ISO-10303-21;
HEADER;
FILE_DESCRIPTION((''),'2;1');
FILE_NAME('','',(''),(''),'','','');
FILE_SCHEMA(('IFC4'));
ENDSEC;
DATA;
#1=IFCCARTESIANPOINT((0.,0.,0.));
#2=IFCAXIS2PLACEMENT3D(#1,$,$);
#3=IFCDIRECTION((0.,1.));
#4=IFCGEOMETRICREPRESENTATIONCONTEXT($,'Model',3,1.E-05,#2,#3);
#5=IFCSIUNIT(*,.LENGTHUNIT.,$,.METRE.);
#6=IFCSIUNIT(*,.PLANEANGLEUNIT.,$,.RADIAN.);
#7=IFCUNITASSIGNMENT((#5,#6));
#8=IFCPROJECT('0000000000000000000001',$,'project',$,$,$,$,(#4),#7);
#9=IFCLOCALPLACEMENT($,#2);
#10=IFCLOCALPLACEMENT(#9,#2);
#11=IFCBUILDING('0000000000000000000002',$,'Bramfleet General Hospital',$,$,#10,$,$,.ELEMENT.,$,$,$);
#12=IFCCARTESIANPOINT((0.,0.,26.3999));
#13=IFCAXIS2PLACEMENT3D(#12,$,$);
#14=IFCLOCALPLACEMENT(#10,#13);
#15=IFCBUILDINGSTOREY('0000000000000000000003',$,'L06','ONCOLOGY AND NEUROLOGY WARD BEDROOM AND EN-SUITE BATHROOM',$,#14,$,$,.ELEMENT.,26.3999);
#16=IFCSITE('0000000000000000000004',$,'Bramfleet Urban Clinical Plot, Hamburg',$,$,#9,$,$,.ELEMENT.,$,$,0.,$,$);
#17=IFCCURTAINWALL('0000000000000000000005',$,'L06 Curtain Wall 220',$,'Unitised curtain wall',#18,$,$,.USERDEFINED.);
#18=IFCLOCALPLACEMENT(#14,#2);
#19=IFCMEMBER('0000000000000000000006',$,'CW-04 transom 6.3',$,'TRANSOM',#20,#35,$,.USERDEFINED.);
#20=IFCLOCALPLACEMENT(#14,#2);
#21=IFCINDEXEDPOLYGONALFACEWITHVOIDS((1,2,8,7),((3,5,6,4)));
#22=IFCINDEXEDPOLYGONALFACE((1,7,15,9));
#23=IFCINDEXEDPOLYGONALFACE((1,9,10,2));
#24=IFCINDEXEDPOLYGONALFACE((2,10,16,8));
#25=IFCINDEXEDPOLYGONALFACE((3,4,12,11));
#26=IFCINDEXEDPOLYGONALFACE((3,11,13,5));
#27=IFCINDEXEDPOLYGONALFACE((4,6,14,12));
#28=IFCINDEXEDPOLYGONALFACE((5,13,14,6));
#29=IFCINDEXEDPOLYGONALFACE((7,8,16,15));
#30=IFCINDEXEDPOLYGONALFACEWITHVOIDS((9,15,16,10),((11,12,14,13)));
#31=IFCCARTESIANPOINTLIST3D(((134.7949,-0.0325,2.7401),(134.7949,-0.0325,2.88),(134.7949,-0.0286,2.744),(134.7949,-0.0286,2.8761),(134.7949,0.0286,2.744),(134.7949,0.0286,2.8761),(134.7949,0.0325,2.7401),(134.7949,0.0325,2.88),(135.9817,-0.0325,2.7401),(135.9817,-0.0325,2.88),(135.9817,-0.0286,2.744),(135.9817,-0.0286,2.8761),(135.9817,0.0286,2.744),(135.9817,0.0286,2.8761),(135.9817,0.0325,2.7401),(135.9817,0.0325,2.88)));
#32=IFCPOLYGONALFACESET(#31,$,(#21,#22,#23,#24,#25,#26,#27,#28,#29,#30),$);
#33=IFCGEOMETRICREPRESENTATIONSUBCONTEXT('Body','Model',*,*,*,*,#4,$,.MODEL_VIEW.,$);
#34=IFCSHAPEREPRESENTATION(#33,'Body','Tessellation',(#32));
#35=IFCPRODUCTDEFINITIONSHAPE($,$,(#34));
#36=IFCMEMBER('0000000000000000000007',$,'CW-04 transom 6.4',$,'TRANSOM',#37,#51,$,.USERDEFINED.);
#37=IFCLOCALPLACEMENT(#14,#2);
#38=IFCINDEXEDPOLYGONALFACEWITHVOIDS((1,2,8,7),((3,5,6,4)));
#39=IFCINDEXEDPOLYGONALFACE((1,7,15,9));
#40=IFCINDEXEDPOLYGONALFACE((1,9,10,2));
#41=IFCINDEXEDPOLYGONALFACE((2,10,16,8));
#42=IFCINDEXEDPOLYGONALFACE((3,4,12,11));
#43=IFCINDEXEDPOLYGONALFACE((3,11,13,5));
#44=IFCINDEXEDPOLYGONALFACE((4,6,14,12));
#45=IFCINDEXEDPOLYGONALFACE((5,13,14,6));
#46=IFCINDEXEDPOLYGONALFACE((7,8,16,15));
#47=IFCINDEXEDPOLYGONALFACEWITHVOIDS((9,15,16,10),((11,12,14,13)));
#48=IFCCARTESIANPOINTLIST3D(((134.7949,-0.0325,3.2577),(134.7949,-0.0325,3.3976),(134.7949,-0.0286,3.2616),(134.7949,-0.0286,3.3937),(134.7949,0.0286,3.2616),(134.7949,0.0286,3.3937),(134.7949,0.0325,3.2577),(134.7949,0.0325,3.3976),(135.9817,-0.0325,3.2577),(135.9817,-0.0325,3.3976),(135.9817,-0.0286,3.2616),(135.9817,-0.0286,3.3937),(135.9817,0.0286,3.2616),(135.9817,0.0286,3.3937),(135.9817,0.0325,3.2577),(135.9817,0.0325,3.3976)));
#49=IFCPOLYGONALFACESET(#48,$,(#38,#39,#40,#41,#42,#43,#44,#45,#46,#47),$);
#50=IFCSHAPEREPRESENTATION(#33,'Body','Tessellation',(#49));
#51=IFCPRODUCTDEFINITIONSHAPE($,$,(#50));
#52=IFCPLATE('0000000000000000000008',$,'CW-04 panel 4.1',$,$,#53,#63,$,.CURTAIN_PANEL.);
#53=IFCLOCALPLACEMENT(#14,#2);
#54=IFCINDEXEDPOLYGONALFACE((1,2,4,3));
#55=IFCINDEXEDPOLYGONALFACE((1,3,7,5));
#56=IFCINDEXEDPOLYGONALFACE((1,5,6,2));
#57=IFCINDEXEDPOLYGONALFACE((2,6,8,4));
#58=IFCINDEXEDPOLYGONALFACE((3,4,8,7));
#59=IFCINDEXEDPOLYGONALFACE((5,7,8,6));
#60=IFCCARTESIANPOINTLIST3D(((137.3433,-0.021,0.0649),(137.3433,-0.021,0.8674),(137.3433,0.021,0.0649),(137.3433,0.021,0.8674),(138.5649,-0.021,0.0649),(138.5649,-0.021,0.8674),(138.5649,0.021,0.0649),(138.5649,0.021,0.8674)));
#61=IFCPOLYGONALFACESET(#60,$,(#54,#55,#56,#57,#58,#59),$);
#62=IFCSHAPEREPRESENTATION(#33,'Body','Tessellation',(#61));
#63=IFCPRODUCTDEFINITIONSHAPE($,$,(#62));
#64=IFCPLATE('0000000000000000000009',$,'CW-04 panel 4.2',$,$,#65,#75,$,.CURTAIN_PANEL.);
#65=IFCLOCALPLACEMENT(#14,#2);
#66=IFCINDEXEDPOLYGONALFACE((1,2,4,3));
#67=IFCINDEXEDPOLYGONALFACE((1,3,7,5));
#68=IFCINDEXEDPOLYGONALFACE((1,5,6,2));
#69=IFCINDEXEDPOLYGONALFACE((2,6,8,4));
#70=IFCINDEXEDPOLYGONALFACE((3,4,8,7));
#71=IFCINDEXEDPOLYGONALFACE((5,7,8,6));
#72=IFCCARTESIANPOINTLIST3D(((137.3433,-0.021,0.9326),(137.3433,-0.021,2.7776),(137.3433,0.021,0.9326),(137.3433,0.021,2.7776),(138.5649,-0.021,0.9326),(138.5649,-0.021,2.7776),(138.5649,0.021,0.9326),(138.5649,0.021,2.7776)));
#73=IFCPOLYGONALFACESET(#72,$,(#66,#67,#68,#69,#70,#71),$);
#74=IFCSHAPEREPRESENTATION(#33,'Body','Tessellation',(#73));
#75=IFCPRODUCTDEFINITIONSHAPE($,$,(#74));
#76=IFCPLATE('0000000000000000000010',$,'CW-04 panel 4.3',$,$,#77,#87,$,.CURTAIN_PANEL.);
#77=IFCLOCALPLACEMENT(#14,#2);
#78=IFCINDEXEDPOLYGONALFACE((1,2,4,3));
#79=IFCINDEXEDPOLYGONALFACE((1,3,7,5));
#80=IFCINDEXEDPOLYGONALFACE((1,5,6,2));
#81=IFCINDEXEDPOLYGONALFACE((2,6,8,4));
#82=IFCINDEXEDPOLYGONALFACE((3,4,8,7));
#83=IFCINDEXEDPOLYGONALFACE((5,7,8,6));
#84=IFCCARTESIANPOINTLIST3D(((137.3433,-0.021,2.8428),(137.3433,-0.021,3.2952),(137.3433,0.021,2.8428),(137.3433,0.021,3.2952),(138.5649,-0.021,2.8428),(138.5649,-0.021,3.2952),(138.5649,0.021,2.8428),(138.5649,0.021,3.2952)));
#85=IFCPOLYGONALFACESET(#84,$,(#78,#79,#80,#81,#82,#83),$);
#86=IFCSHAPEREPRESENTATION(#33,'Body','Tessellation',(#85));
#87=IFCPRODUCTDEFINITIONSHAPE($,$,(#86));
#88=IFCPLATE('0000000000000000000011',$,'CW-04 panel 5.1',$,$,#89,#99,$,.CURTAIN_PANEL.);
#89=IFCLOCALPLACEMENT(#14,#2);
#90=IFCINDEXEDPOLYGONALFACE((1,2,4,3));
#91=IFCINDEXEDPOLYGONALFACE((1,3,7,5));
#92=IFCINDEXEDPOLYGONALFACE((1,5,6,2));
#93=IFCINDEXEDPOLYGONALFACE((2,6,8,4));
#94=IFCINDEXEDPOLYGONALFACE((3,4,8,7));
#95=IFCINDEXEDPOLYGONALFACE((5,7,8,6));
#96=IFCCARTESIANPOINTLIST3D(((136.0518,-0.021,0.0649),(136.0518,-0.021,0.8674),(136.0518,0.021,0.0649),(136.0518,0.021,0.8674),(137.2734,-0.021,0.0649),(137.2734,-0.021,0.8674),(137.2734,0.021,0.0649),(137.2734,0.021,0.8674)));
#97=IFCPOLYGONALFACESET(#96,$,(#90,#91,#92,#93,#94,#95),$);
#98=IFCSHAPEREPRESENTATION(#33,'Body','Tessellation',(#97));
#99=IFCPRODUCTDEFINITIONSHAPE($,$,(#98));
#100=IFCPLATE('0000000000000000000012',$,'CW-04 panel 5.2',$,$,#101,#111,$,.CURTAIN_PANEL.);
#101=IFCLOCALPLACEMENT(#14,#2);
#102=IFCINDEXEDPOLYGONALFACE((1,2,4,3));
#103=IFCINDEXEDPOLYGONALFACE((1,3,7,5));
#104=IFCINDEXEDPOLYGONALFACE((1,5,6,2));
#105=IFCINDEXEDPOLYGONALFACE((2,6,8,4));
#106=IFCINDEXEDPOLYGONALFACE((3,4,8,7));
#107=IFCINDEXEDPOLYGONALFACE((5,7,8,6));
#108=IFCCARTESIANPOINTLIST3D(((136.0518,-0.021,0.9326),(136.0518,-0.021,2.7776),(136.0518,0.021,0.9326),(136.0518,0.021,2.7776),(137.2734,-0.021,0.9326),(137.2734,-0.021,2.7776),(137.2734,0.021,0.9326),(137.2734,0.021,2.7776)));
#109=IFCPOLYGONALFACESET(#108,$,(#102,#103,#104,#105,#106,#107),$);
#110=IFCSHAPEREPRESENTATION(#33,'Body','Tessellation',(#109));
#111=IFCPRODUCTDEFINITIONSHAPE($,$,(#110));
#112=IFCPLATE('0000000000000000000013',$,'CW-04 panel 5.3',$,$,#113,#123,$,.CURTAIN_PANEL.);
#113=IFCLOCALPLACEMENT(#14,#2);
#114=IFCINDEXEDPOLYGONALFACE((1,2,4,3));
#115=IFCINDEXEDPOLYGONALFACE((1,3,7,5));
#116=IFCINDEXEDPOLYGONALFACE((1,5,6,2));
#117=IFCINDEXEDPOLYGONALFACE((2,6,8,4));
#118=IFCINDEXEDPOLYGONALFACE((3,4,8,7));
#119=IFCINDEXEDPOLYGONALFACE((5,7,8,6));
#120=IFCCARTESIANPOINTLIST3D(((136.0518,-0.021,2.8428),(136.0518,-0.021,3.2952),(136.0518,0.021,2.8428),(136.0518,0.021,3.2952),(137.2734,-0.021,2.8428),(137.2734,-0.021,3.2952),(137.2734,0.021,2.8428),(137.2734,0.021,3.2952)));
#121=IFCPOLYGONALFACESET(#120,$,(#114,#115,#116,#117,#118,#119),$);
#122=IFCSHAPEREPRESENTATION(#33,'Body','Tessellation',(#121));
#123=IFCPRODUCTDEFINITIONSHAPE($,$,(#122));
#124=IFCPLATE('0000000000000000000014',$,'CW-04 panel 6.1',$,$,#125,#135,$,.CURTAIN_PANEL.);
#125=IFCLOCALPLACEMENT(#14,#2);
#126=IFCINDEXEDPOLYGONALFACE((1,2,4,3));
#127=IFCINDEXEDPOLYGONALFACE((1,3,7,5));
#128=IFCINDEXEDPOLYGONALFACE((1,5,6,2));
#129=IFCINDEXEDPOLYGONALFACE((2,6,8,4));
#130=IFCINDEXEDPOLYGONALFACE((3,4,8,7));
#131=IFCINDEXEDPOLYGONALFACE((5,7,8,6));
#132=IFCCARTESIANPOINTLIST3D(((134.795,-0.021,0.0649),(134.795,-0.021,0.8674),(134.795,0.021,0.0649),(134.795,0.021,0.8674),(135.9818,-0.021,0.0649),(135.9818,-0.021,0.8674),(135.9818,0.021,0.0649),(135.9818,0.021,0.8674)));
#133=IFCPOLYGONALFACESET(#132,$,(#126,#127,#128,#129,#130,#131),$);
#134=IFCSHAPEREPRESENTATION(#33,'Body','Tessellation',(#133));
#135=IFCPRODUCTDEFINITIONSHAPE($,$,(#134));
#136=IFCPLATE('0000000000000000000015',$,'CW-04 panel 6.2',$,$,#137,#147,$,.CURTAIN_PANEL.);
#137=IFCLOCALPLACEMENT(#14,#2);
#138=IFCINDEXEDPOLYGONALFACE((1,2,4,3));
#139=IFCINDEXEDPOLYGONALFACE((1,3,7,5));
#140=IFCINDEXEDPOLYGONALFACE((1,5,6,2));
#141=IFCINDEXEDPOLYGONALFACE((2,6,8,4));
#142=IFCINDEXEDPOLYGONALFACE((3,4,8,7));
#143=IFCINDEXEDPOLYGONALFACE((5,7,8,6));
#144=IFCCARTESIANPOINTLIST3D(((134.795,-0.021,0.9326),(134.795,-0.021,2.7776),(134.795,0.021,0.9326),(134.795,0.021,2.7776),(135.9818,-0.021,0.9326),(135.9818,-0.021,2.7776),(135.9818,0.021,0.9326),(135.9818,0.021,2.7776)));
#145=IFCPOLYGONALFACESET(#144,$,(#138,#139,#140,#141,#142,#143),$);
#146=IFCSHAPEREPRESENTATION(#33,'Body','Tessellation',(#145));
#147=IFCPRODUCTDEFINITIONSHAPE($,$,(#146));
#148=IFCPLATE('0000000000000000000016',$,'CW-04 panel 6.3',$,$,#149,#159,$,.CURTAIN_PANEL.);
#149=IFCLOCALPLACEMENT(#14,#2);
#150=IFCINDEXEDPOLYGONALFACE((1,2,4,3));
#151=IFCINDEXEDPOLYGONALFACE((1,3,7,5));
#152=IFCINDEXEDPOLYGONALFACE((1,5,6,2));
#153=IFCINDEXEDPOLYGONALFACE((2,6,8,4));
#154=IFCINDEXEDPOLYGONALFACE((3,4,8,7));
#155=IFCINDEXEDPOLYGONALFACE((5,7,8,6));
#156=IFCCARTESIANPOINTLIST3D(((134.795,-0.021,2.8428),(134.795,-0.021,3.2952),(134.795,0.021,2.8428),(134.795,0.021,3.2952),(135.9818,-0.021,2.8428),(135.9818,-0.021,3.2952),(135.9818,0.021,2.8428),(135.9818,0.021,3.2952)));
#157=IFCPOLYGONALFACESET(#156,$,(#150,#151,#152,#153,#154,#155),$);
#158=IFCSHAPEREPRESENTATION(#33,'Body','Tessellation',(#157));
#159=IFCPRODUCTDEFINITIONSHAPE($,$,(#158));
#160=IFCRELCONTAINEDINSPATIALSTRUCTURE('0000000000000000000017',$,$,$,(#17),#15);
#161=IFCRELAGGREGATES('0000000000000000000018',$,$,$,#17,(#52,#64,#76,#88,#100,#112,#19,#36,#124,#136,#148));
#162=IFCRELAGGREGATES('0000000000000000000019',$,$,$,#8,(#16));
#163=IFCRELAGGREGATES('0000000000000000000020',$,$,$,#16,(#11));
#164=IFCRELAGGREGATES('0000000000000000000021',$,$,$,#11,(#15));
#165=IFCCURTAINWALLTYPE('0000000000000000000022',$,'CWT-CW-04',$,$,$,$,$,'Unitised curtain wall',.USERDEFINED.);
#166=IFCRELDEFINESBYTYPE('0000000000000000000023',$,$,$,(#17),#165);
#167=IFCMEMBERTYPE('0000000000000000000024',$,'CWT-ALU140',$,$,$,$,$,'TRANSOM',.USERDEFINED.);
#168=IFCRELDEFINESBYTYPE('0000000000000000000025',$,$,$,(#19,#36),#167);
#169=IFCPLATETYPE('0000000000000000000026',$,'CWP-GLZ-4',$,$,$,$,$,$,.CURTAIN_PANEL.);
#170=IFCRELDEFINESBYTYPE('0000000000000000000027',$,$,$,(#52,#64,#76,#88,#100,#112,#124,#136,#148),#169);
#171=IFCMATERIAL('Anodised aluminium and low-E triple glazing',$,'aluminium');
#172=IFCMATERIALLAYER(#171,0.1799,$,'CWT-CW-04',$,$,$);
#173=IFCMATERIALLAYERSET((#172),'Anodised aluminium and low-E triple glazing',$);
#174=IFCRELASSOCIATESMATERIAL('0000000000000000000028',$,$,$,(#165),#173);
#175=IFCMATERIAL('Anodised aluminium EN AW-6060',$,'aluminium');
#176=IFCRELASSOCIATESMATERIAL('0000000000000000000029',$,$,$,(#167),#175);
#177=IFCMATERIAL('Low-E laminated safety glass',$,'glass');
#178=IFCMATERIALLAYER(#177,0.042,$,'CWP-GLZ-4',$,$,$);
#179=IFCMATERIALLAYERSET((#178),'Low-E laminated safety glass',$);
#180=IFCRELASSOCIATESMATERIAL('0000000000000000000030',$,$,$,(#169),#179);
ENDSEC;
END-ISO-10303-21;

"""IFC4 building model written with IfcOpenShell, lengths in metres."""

from ifc_helpers import new_model, si_unit, direction, frame, origin, origin_2d, place, context, subcontext, project, spatial, rectangle, hollow_rectangle, extrude, material, layer, layer_set, material_profile, profile_set, type_object, element, aggregate, save


model = new_model("IFC4")

# Units and contexts
model_context = context("Model", 3, precision=1e-05, world=origin(), true_north=direction((0.0, 1.0)))
body_context = subcontext(model_context, "Body", "Model", "MODEL_VIEW")
ifc_project = project(units=[si_unit("LENGTHUNIT", "METRE"), si_unit("PLANEANGLEUNIT", "RADIAN")], contexts=[model_context])

# Site, building, storey
site_placement = place(None, origin())
site = spatial("IfcSite", under=ifc_project, at=site_placement, Name="Bramfleet Urban Clinical Plot, Hamburg", CompositionType="ELEMENT", RefElevation=0.0)
building_placement = place(site_placement, origin())
building = spatial("IfcBuilding", under=site, at=building_placement, Name="Bramfleet General Hospital", CompositionType="ELEMENT")
storey_placement = place(building_placement, frame((0.0, 0.0, 26.3999)))
storey = spatial("IfcBuildingStorey", under=building, at=storey_placement, Name="L06", Description="ONCOLOGY AND NEUROLOGY WARD BEDROOM AND EN-SUITE BATHROOM", CompositionType="ELEMENT", Elevation=26.3999)

# Curtain wall, members, plates
ifc_material_1 = material(Name="Anodised aluminium and low-E triple glazing", Category="aluminium")
ifc_layer_1 = layer(ifc_material_1, 0.1799, Name="CWT-CW-04")
ifc_layer_set_1 = layer_set([ifc_layer_1], Name="Anodised aluminium and low-E triple glazing")
curtain_wall_type = type_object("IfcCurtainWallType", Name="CWT-CW-04", ElementType="Unitised curtain wall", PredefinedType="USERDEFINED", material=ifc_layer_set_1)
curtain_wall_placement = place(storey_placement, origin())
curtain_wall = element("IfcCurtainWall", 1, at=curtain_wall_placement, inside=storey, type_object=curtain_wall_type, Name="L06 Curtain Wall 220", ObjectType="Unitised curtain wall", PredefinedType="USERDEFINED")
ifc_material_2 = material(Name="Anodised aluminium EN AW-6060", Category="aluminium")
ifc_material_profile_1 = material_profile(ifc_material_2, hollow_rectangle(XDim=0.0649, YDim=0.1399, WallThickness=0.0039, at=origin_2d()), Name="ALU 140x65x4.0")
ifc_profile_set_1 = profile_set([ifc_material_profile_1], Name="Anodised aluminium EN AW-6060")
member_type_1 = type_object("IfcMemberType", Name="CWT-ALU140", ElementType="TRANSOM", PredefinedType="USERDEFINED", material=ifc_profile_set_1)
member_1_placement = place(storey_placement, frame((135.9817, 0.0, 2.8101), z_axis=(-1.0, 0.0, 0.0), x_axis=(0.0, -1.0, 0.0)))
member_1 = element("IfcMember", 2, at=member_1_placement, type_object=member_type_1, Name="CW-04 transom 6.3", ObjectType="TRANSOM", PredefinedType="USERDEFINED", context=body_context, shape_type="SweptSolid", body=[
    extrude(hollow_rectangle(XDim=0.0649, YDim=0.1399, WallThickness=0.0039, at=origin_2d()), origin(), (0.0, 0.0, 1.0), 1.1868),
])
member_2_placement = place(storey_placement, frame((135.9817, 0.0, 3.3276), z_axis=(-1.0, 0.0, 0.0), x_axis=(0.0, -1.0, 0.0)))
member_2 = element("IfcMember", 3, at=member_2_placement, type_object=member_type_1, Name="CW-04 transom 6.4", ObjectType="TRANSOM", PredefinedType="USERDEFINED", context=body_context, shape_type="SweptSolid", body=[
    extrude(hollow_rectangle(XDim=0.0649, YDim=0.1399, WallThickness=0.0039, at=origin_2d()), origin(), (0.0, 0.0, 1.0), 1.1868),
])
ifc_material_3 = material(Name="Low-E laminated safety glass", Category="glass")
ifc_layer_2 = layer(ifc_material_3, 0.042, Name="CWP-GLZ-4")
ifc_layer_set_2 = layer_set([ifc_layer_2], Name="Low-E laminated safety glass")
plate_type = type_object("IfcPlateType", Name="CWP-GLZ-4", PredefinedType="CURTAIN_PANEL", material=ifc_layer_set_2)
plate_1_placement = place(storey_placement, frame((137.9541, 0.0, 0.0649), z_axis=(0.0, 0.0, 1.0), x_axis=(-1.0, 0.0, 0.0)))
plate_1 = element("IfcPlate", 4, at=plate_1_placement, type_object=plate_type, Name="CW-04 panel 4.1", PredefinedType="CURTAIN_PANEL", context=body_context, shape_type="SweptSolid", body=[
    extrude(rectangle(XDim=1.2217, YDim=0.042, at=origin_2d()), origin(), (0.0, 0.0, 1.0), 0.8025),
])
plate_2_placement = place(storey_placement, frame((137.9541, 0.0, 0.9326), z_axis=(0.0, 0.0, 1.0), x_axis=(-1.0, 0.0, 0.0)))
plate_2 = element("IfcPlate", 5, at=plate_2_placement, type_object=plate_type, Name="CW-04 panel 4.2", PredefinedType="CURTAIN_PANEL", context=body_context, shape_type="SweptSolid", body=[
    extrude(rectangle(XDim=1.2217, YDim=0.042, at=origin_2d()), origin(), (0.0, 0.0, 1.0), 1.845),
])
plate_3_placement = place(storey_placement, frame((137.9541, 0.0, 2.8428), z_axis=(0.0, 0.0, 1.0), x_axis=(-1.0, 0.0, 0.0)))
plate_3 = element("IfcPlate", 6, at=plate_3_placement, type_object=plate_type, Name="CW-04 panel 4.3", PredefinedType="CURTAIN_PANEL", context=body_context, shape_type="SweptSolid", body=[
    extrude(rectangle(XDim=1.2217, YDim=0.042, at=origin_2d()), origin(), (0.0, 0.0, 1.0), 0.4524),
])
plate_4_placement = place(storey_placement, frame((136.6626, 0.0, 0.0649), z_axis=(0.0, 0.0, 1.0), x_axis=(-1.0, 0.0, 0.0)))
plate_4 = element("IfcPlate", 7, at=plate_4_placement, type_object=plate_type, Name="CW-04 panel 5.1", PredefinedType="CURTAIN_PANEL", context=body_context, shape_type="SweptSolid", body=[
    extrude(rectangle(XDim=1.2217, YDim=0.042, at=origin_2d()), origin(), (0.0, 0.0, 1.0), 0.8025),
])
plate_5_placement = place(storey_placement, frame((136.6626, 0.0, 0.9326), z_axis=(0.0, 0.0, 1.0), x_axis=(-1.0, 0.0, 0.0)))
plate_5 = element("IfcPlate", 8, at=plate_5_placement, type_object=plate_type, Name="CW-04 panel 5.2", PredefinedType="CURTAIN_PANEL", context=body_context, shape_type="SweptSolid", body=[
    extrude(rectangle(XDim=1.2217, YDim=0.042, at=origin_2d()), origin(), (0.0, 0.0, 1.0), 1.845),
])
plate_6_placement = place(storey_placement, frame((136.6626, 0.0, 2.8428), z_axis=(0.0, 0.0, 1.0), x_axis=(-1.0, 0.0, 0.0)))
plate_6 = element("IfcPlate", 9, at=plate_6_placement, type_object=plate_type, Name="CW-04 panel 5.3", PredefinedType="CURTAIN_PANEL", context=body_context, shape_type="SweptSolid", body=[
    extrude(rectangle(XDim=1.2217, YDim=0.042, at=origin_2d()), origin(), (0.0, 0.0, 1.0), 0.4524),
])
plate_7_placement = place(storey_placement, frame((135.3884, 0.0, 0.0649), z_axis=(0.0, 0.0, 1.0), x_axis=(-1.0, 0.0, 0.0)))
plate_7 = element("IfcPlate", 10, at=plate_7_placement, type_object=plate_type, Name="CW-04 panel 6.1", PredefinedType="CURTAIN_PANEL", context=body_context, shape_type="SweptSolid", body=[
    extrude(rectangle(XDim=1.1868, YDim=0.042, at=origin_2d()), origin(), (0.0, 0.0, 1.0), 0.8025),
])
plate_8_placement = place(storey_placement, frame((135.3884, 0.0, 0.9326), z_axis=(0.0, 0.0, 1.0), x_axis=(-1.0, 0.0, 0.0)))
plate_8 = element("IfcPlate", 11, at=plate_8_placement, type_object=plate_type, Name="CW-04 panel 6.2", PredefinedType="CURTAIN_PANEL", context=body_context, shape_type="SweptSolid", body=[
    extrude(rectangle(XDim=1.1868, YDim=0.042, at=origin_2d()), origin(), (0.0, 0.0, 1.0), 1.845),
])
plate_9_placement = place(storey_placement, frame((135.3884, 0.0, 2.8428), z_axis=(0.0, 0.0, 1.0), x_axis=(-1.0, 0.0, 0.0)))
plate_9 = element("IfcPlate", 12, at=plate_9_placement, type_object=plate_type, Name="CW-04 panel 6.3", PredefinedType="CURTAIN_PANEL", context=body_context, shape_type="SweptSolid", body=[
    extrude(rectangle(XDim=1.1868, YDim=0.042, at=origin_2d()), origin(), (0.0, 0.0, 1.0), 0.4524),
])
aggregate(curtain_wall, [plate_1, plate_2, plate_3, plate_4, plate_5, plate_6, member_1, member_2, plate_7, plate_8, plate_9])

save(model, "model.ifc")
